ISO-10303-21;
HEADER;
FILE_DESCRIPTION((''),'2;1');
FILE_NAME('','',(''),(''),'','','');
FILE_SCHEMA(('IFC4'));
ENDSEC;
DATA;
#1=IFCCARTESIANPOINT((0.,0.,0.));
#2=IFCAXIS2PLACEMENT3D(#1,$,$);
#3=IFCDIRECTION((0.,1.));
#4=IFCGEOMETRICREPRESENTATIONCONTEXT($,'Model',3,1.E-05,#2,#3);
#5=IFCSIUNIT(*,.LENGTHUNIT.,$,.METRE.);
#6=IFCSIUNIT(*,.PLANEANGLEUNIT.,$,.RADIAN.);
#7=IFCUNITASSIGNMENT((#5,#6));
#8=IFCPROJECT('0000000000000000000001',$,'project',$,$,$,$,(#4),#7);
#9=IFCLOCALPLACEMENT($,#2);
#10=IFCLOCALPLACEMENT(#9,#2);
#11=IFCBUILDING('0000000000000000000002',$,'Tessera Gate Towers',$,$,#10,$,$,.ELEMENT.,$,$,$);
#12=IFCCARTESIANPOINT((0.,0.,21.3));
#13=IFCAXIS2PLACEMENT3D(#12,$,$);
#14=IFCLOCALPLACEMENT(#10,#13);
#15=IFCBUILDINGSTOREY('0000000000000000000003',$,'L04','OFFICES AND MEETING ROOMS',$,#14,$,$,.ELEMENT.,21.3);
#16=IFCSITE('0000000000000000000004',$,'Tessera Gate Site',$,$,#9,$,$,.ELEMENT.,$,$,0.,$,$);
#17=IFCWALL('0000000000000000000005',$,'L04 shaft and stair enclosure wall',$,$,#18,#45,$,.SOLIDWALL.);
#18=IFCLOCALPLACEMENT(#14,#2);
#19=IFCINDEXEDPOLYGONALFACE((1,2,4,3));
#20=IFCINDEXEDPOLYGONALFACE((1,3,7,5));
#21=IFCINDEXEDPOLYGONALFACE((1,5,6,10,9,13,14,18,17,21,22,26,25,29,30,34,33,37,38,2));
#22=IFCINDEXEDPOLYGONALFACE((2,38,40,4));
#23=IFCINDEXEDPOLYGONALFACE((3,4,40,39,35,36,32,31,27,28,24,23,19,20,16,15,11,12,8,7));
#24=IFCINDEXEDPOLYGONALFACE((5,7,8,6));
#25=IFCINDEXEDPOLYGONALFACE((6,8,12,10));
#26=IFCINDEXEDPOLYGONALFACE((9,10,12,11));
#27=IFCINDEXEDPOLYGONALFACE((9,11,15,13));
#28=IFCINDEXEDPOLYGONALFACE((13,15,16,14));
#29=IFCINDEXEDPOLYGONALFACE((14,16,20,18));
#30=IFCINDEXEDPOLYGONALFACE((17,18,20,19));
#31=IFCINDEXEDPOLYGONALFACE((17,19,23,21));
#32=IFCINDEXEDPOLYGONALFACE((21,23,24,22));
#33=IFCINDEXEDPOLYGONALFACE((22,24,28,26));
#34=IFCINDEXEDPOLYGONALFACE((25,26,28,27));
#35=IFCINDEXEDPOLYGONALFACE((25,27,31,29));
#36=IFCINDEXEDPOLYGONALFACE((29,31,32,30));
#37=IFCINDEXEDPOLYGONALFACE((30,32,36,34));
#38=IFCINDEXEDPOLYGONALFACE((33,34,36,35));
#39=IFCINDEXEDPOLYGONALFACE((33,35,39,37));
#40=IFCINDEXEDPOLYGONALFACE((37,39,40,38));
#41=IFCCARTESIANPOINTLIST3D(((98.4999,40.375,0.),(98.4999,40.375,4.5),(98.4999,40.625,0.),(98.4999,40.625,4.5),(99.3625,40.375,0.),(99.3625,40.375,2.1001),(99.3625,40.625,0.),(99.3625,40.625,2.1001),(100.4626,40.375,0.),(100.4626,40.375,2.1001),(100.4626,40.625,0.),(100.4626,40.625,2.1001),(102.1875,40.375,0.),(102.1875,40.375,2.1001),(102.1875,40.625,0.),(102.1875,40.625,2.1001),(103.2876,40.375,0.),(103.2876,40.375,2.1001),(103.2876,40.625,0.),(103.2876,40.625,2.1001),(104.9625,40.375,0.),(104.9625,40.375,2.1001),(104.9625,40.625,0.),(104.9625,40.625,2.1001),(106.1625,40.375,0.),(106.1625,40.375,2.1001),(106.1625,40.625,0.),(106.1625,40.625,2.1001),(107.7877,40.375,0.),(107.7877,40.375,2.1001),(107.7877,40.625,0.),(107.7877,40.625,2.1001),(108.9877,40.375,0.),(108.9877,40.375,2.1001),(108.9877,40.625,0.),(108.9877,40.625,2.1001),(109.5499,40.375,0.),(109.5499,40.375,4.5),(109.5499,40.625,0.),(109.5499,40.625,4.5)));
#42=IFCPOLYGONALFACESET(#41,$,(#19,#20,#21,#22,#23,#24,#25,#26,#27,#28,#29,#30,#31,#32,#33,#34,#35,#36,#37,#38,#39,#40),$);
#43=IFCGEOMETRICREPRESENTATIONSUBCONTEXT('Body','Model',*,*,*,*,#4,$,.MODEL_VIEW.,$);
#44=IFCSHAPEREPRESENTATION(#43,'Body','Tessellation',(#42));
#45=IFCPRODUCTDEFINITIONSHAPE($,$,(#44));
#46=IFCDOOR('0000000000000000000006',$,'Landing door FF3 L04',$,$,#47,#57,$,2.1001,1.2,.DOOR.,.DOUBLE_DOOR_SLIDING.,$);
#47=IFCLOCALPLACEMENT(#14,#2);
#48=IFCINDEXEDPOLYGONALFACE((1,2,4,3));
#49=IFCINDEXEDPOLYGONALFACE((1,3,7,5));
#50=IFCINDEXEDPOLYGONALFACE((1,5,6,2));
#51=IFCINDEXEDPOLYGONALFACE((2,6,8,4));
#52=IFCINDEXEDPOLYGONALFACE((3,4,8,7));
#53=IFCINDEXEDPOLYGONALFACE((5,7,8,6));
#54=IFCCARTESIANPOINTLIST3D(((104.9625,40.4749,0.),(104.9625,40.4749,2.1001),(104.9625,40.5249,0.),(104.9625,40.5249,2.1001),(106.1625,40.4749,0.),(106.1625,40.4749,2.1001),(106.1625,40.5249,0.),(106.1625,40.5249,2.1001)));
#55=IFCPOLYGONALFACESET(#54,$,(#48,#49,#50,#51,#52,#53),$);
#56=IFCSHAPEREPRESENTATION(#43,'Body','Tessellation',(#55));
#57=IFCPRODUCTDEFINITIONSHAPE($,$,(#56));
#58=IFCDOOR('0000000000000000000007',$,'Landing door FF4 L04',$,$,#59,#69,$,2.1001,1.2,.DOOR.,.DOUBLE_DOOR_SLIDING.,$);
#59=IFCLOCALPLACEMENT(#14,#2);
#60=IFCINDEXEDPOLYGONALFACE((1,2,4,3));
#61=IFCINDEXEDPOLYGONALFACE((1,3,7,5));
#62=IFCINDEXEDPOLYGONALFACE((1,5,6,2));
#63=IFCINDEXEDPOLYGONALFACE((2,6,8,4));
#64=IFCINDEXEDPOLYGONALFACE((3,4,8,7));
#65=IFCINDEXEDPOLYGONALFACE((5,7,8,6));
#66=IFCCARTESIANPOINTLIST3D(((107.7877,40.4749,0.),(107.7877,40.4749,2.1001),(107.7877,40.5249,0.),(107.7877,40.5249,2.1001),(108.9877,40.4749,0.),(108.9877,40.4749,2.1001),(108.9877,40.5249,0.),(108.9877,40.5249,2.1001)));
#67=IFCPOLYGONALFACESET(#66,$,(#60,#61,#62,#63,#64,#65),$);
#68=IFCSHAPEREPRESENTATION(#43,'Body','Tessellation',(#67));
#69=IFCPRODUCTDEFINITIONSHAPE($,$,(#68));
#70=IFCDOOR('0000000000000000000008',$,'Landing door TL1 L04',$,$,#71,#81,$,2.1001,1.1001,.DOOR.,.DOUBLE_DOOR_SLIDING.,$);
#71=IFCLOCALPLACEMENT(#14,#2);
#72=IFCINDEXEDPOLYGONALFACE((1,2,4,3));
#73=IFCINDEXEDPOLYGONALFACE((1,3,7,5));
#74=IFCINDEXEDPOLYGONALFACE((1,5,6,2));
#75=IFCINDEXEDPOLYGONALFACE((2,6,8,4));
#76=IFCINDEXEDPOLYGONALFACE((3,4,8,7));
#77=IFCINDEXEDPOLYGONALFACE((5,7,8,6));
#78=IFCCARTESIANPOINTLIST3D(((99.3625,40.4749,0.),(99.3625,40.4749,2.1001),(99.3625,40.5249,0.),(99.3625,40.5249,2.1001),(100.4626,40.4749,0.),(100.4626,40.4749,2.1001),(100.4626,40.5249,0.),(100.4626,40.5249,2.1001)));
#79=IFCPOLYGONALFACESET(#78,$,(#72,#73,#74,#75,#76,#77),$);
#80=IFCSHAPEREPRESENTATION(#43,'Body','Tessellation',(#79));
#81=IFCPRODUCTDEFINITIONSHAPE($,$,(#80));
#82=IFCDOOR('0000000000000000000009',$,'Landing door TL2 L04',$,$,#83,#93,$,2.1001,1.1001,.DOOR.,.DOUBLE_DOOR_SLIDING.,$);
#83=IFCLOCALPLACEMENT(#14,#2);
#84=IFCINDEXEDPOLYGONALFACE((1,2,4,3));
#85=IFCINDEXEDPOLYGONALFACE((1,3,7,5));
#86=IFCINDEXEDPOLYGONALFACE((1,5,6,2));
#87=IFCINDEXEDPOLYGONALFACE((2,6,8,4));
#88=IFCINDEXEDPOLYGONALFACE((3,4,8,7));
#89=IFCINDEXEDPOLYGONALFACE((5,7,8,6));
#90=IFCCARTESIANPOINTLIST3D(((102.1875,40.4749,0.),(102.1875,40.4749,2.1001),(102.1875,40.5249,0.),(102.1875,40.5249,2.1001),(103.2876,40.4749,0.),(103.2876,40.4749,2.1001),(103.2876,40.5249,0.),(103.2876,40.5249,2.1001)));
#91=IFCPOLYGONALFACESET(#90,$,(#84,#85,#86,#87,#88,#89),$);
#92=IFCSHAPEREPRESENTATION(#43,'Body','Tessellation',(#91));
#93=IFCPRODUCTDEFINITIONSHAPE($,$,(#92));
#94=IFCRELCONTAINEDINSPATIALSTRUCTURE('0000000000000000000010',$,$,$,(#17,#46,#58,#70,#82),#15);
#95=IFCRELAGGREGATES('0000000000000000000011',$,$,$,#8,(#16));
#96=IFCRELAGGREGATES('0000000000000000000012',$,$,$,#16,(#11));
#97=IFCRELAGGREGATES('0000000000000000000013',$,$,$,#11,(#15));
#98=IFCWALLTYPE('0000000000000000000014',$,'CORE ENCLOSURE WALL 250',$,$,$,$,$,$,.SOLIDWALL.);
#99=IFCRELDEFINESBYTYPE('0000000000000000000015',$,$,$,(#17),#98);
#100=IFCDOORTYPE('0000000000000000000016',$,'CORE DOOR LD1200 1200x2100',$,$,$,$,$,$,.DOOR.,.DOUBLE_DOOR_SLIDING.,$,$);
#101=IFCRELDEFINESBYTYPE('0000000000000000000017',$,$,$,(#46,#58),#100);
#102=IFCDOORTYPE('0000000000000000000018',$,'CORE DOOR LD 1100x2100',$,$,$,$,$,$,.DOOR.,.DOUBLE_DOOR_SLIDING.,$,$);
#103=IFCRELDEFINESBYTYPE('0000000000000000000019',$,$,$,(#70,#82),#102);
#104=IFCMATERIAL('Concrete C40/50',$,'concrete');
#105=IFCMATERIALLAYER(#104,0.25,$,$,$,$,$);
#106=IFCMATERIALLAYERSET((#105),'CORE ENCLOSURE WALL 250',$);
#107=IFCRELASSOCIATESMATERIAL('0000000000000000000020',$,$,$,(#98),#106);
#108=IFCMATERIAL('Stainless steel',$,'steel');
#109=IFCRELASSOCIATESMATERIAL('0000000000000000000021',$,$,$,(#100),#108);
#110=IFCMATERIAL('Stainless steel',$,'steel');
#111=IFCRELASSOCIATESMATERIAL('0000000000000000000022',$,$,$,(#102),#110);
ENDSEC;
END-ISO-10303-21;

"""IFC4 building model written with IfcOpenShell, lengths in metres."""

from ifc_helpers import new_model, si_unit, direction, frame, frame_2d, origin, place, context, subcontext, project, spatial, rectangle, extrude, source, transform, mapped, material, layer, layer_set, type_object, element, fill, save


model = new_model("IFC4")

# Units and contexts
model_context = context("Model", 3, precision=1e-05, world=origin(), true_north=direction((0.0, 1.0)))
body_context = subcontext(model_context, "Body", "Model", "MODEL_VIEW")
ifc_project = project(units=[si_unit("LENGTHUNIT", "METRE"), si_unit("PLANEANGLEUNIT", "RADIAN")], contexts=[model_context])

# Site, building, storey
site_placement = place(None, origin())
site = spatial("IfcSite", under=ifc_project, at=site_placement, Name="Tessera Gate Site", CompositionType="ELEMENT", RefElevation=0.0)
building_placement = place(site_placement, origin())
building = spatial("IfcBuilding", under=site, at=building_placement, Name="Tessera Gate Towers", CompositionType="ELEMENT")
storey_placement = place(building_placement, frame((0.0, 0.0, 21.3)))
storey = spatial("IfcBuildingStorey", under=building, at=storey_placement, Name="L04", Description="OFFICES AND MEETING ROOMS", CompositionType="ELEMENT", Elevation=21.3)

# Wall, openings, doors
ifc_material_1 = material(Name="Concrete C40/50", Category="concrete")
ifc_layer = layer(ifc_material_1, 0.25)
ifc_layer_set = layer_set([ifc_layer], Name="CORE ENCLOSURE WALL 250")
wall_type = type_object("IfcWallType", Name="CORE ENCLOSURE WALL 250", PredefinedType="SOLIDWALL", material=ifc_layer_set)
wall_1_placement = place(storey_placement, frame((98.5, 40.5, 0.0), z_axis=(0.0, 0.0, 1.0), x_axis=(1.0, 0.0, 0.0)))
wall_1 = element("IfcWall", 1, at=wall_1_placement, inside=storey, type_object=wall_type, Name="L04 shaft and stair enclosure wall", PredefinedType="SOLIDWALL", context=body_context, shape_type="SweptSolid", body=[
    extrude(rectangle(XDim=11.05, YDim=0.25, at=frame_2d((5.5249, 0.0))), origin(), (0.0, 0.0, 1.0), 4.5),
])
shared_shape_1 = source(origin(), body_context, "Body", "SweptSolid", [
    extrude(rectangle(XDim=1.1001, YDim=2.1001, at=frame_2d((0.55, 1.05))), frame((0.0, 0.135, 0.0), z_axis=(0.0, -1.0, 0.0), x_axis=(1.0, 0.0, 0.0)), (0.0, 0.0, 1.0), 0.27),
])
opening_1_placement = place(wall_1_placement, frame((0.8625, 0.0, 0.0)))
opening_1 = element("IfcOpeningElement", 2, at=opening_1_placement, cuts=wall_1, PredefinedType="OPENING", context=body_context, shape_type="MappedRepresentation", body=[
    mapped(shared_shape_1, transform((0.0, 0.0, 0.0), scale=1.0)),
])
opening_2_placement = place(wall_1_placement, frame((3.6875, 0.0, 0.0)))
opening_2 = element("IfcOpeningElement", 3, at=opening_2_placement, cuts=wall_1, PredefinedType="OPENING", context=body_context, shape_type="MappedRepresentation", body=[
    mapped(shared_shape_1, transform((0.0, 0.0, 0.0), scale=1.0)),
])
shared_shape_2 = source(origin(), body_context, "Body", "SweptSolid", [
    extrude(rectangle(XDim=1.2, YDim=2.1001, at=frame_2d((0.6001, 1.05))), frame((0.0, 0.135, 0.0), z_axis=(0.0, -1.0, 0.0), x_axis=(1.0, 0.0, 0.0)), (0.0, 0.0, 1.0), 0.27),
])
opening_3_placement = place(wall_1_placement, frame((6.4624, 0.0, 0.0)))
opening_3 = element("IfcOpeningElement", 4, at=opening_3_placement, cuts=wall_1, PredefinedType="OPENING", context=body_context, shape_type="MappedRepresentation", body=[
    mapped(shared_shape_2, transform((0.0, 0.0, 0.0), scale=1.0)),
])
opening_4_placement = place(wall_1_placement, frame((9.2876, 0.0, 0.0)))
opening_4 = element("IfcOpeningElement", 5, at=opening_4_placement, cuts=wall_1, PredefinedType="OPENING", context=body_context, shape_type="MappedRepresentation", body=[
    mapped(shared_shape_2, transform((0.0, 0.0, 0.0), scale=1.0)),
])
ifc_material_2 = material(Name="Stainless steel", Category="steel")
door_type_1 = type_object("IfcDoorType", Name="CORE DOOR LD1200 1200x2100", OperationType="DOUBLE_DOOR_SLIDING", PredefinedType="DOOR", material=ifc_material_2)
shared_shape_3 = source(origin(), body_context, "Body", "SweptSolid", [
    extrude(rectangle(XDim=1.2, YDim=2.1001, at=frame_2d((0.6001, 1.05))), frame((0.0, 0.0249, 0.0), z_axis=(0.0, -1.0, 0.0), x_axis=(1.0, 0.0, 0.0)), (0.0, 0.0, 1.0), 0.05),
])
door_1_placement = place(opening_3_placement, origin())
door_1 = element("IfcDoor", 6, at=door_1_placement, inside=storey, type_object=door_type_1, Name="Landing door FF3 L04", OperationType="DOUBLE_DOOR_SLIDING", OverallHeight=2.1001, OverallWidth=1.2, PredefinedType="DOOR", context=body_context, shape_type="MappedRepresentation", body=[
    mapped(shared_shape_3, transform((0.0, 0.0, 0.0), scale=1.0)),
])
fill(opening_3, door_1)
door_2_placement = place(opening_4_placement, origin())
door_2 = element("IfcDoor", 7, at=door_2_placement, inside=storey, type_object=door_type_1, Name="Landing door FF4 L04", OperationType="DOUBLE_DOOR_SLIDING", OverallHeight=2.1001, OverallWidth=1.2, PredefinedType="DOOR", context=body_context, shape_type="MappedRepresentation", body=[
    mapped(shared_shape_3, transform((0.0, 0.0, 0.0), scale=1.0)),
])
fill(opening_4, door_2)
ifc_material_3 = material(Name="Stainless steel", Category="steel")
door_type_2 = type_object("IfcDoorType", Name="CORE DOOR LD 1100x2100", OperationType="DOUBLE_DOOR_SLIDING", PredefinedType="DOOR", material=ifc_material_3)
shared_shape_4 = source(origin(), body_context, "Body", "SweptSolid", [
    extrude(rectangle(XDim=1.1001, YDim=2.1001, at=frame_2d((0.55, 1.05))), frame((0.0, 0.0249, 0.0), z_axis=(0.0, -1.0, 0.0), x_axis=(1.0, 0.0, 0.0)), (0.0, 0.0, 1.0), 0.05),
])
door_3_placement = place(opening_1_placement, origin())
door_3 = element("IfcDoor", 8, at=door_3_placement, inside=storey, type_object=door_type_2, Name="Landing door TL1 L04", OperationType="DOUBLE_DOOR_SLIDING", OverallHeight=2.1001, OverallWidth=1.1001, PredefinedType="DOOR", context=body_context, shape_type="MappedRepresentation", body=[
    mapped(shared_shape_4, transform((0.0, 0.0, 0.0), scale=1.0)),
])
fill(opening_1, door_3)
door_4_placement = place(opening_2_placement, origin())
door_4 = element("IfcDoor", 9, at=door_4_placement, inside=storey, type_object=door_type_2, Name="Landing door TL2 L04", OperationType="DOUBLE_DOOR_SLIDING", OverallHeight=2.1001, OverallWidth=1.1001, PredefinedType="DOOR", context=body_context, shape_type="MappedRepresentation", body=[
    mapped(shared_shape_4, transform((0.0, 0.0, 0.0), scale=1.0)),
])
fill(opening_2, door_4)

save(model, "model.ifc")
